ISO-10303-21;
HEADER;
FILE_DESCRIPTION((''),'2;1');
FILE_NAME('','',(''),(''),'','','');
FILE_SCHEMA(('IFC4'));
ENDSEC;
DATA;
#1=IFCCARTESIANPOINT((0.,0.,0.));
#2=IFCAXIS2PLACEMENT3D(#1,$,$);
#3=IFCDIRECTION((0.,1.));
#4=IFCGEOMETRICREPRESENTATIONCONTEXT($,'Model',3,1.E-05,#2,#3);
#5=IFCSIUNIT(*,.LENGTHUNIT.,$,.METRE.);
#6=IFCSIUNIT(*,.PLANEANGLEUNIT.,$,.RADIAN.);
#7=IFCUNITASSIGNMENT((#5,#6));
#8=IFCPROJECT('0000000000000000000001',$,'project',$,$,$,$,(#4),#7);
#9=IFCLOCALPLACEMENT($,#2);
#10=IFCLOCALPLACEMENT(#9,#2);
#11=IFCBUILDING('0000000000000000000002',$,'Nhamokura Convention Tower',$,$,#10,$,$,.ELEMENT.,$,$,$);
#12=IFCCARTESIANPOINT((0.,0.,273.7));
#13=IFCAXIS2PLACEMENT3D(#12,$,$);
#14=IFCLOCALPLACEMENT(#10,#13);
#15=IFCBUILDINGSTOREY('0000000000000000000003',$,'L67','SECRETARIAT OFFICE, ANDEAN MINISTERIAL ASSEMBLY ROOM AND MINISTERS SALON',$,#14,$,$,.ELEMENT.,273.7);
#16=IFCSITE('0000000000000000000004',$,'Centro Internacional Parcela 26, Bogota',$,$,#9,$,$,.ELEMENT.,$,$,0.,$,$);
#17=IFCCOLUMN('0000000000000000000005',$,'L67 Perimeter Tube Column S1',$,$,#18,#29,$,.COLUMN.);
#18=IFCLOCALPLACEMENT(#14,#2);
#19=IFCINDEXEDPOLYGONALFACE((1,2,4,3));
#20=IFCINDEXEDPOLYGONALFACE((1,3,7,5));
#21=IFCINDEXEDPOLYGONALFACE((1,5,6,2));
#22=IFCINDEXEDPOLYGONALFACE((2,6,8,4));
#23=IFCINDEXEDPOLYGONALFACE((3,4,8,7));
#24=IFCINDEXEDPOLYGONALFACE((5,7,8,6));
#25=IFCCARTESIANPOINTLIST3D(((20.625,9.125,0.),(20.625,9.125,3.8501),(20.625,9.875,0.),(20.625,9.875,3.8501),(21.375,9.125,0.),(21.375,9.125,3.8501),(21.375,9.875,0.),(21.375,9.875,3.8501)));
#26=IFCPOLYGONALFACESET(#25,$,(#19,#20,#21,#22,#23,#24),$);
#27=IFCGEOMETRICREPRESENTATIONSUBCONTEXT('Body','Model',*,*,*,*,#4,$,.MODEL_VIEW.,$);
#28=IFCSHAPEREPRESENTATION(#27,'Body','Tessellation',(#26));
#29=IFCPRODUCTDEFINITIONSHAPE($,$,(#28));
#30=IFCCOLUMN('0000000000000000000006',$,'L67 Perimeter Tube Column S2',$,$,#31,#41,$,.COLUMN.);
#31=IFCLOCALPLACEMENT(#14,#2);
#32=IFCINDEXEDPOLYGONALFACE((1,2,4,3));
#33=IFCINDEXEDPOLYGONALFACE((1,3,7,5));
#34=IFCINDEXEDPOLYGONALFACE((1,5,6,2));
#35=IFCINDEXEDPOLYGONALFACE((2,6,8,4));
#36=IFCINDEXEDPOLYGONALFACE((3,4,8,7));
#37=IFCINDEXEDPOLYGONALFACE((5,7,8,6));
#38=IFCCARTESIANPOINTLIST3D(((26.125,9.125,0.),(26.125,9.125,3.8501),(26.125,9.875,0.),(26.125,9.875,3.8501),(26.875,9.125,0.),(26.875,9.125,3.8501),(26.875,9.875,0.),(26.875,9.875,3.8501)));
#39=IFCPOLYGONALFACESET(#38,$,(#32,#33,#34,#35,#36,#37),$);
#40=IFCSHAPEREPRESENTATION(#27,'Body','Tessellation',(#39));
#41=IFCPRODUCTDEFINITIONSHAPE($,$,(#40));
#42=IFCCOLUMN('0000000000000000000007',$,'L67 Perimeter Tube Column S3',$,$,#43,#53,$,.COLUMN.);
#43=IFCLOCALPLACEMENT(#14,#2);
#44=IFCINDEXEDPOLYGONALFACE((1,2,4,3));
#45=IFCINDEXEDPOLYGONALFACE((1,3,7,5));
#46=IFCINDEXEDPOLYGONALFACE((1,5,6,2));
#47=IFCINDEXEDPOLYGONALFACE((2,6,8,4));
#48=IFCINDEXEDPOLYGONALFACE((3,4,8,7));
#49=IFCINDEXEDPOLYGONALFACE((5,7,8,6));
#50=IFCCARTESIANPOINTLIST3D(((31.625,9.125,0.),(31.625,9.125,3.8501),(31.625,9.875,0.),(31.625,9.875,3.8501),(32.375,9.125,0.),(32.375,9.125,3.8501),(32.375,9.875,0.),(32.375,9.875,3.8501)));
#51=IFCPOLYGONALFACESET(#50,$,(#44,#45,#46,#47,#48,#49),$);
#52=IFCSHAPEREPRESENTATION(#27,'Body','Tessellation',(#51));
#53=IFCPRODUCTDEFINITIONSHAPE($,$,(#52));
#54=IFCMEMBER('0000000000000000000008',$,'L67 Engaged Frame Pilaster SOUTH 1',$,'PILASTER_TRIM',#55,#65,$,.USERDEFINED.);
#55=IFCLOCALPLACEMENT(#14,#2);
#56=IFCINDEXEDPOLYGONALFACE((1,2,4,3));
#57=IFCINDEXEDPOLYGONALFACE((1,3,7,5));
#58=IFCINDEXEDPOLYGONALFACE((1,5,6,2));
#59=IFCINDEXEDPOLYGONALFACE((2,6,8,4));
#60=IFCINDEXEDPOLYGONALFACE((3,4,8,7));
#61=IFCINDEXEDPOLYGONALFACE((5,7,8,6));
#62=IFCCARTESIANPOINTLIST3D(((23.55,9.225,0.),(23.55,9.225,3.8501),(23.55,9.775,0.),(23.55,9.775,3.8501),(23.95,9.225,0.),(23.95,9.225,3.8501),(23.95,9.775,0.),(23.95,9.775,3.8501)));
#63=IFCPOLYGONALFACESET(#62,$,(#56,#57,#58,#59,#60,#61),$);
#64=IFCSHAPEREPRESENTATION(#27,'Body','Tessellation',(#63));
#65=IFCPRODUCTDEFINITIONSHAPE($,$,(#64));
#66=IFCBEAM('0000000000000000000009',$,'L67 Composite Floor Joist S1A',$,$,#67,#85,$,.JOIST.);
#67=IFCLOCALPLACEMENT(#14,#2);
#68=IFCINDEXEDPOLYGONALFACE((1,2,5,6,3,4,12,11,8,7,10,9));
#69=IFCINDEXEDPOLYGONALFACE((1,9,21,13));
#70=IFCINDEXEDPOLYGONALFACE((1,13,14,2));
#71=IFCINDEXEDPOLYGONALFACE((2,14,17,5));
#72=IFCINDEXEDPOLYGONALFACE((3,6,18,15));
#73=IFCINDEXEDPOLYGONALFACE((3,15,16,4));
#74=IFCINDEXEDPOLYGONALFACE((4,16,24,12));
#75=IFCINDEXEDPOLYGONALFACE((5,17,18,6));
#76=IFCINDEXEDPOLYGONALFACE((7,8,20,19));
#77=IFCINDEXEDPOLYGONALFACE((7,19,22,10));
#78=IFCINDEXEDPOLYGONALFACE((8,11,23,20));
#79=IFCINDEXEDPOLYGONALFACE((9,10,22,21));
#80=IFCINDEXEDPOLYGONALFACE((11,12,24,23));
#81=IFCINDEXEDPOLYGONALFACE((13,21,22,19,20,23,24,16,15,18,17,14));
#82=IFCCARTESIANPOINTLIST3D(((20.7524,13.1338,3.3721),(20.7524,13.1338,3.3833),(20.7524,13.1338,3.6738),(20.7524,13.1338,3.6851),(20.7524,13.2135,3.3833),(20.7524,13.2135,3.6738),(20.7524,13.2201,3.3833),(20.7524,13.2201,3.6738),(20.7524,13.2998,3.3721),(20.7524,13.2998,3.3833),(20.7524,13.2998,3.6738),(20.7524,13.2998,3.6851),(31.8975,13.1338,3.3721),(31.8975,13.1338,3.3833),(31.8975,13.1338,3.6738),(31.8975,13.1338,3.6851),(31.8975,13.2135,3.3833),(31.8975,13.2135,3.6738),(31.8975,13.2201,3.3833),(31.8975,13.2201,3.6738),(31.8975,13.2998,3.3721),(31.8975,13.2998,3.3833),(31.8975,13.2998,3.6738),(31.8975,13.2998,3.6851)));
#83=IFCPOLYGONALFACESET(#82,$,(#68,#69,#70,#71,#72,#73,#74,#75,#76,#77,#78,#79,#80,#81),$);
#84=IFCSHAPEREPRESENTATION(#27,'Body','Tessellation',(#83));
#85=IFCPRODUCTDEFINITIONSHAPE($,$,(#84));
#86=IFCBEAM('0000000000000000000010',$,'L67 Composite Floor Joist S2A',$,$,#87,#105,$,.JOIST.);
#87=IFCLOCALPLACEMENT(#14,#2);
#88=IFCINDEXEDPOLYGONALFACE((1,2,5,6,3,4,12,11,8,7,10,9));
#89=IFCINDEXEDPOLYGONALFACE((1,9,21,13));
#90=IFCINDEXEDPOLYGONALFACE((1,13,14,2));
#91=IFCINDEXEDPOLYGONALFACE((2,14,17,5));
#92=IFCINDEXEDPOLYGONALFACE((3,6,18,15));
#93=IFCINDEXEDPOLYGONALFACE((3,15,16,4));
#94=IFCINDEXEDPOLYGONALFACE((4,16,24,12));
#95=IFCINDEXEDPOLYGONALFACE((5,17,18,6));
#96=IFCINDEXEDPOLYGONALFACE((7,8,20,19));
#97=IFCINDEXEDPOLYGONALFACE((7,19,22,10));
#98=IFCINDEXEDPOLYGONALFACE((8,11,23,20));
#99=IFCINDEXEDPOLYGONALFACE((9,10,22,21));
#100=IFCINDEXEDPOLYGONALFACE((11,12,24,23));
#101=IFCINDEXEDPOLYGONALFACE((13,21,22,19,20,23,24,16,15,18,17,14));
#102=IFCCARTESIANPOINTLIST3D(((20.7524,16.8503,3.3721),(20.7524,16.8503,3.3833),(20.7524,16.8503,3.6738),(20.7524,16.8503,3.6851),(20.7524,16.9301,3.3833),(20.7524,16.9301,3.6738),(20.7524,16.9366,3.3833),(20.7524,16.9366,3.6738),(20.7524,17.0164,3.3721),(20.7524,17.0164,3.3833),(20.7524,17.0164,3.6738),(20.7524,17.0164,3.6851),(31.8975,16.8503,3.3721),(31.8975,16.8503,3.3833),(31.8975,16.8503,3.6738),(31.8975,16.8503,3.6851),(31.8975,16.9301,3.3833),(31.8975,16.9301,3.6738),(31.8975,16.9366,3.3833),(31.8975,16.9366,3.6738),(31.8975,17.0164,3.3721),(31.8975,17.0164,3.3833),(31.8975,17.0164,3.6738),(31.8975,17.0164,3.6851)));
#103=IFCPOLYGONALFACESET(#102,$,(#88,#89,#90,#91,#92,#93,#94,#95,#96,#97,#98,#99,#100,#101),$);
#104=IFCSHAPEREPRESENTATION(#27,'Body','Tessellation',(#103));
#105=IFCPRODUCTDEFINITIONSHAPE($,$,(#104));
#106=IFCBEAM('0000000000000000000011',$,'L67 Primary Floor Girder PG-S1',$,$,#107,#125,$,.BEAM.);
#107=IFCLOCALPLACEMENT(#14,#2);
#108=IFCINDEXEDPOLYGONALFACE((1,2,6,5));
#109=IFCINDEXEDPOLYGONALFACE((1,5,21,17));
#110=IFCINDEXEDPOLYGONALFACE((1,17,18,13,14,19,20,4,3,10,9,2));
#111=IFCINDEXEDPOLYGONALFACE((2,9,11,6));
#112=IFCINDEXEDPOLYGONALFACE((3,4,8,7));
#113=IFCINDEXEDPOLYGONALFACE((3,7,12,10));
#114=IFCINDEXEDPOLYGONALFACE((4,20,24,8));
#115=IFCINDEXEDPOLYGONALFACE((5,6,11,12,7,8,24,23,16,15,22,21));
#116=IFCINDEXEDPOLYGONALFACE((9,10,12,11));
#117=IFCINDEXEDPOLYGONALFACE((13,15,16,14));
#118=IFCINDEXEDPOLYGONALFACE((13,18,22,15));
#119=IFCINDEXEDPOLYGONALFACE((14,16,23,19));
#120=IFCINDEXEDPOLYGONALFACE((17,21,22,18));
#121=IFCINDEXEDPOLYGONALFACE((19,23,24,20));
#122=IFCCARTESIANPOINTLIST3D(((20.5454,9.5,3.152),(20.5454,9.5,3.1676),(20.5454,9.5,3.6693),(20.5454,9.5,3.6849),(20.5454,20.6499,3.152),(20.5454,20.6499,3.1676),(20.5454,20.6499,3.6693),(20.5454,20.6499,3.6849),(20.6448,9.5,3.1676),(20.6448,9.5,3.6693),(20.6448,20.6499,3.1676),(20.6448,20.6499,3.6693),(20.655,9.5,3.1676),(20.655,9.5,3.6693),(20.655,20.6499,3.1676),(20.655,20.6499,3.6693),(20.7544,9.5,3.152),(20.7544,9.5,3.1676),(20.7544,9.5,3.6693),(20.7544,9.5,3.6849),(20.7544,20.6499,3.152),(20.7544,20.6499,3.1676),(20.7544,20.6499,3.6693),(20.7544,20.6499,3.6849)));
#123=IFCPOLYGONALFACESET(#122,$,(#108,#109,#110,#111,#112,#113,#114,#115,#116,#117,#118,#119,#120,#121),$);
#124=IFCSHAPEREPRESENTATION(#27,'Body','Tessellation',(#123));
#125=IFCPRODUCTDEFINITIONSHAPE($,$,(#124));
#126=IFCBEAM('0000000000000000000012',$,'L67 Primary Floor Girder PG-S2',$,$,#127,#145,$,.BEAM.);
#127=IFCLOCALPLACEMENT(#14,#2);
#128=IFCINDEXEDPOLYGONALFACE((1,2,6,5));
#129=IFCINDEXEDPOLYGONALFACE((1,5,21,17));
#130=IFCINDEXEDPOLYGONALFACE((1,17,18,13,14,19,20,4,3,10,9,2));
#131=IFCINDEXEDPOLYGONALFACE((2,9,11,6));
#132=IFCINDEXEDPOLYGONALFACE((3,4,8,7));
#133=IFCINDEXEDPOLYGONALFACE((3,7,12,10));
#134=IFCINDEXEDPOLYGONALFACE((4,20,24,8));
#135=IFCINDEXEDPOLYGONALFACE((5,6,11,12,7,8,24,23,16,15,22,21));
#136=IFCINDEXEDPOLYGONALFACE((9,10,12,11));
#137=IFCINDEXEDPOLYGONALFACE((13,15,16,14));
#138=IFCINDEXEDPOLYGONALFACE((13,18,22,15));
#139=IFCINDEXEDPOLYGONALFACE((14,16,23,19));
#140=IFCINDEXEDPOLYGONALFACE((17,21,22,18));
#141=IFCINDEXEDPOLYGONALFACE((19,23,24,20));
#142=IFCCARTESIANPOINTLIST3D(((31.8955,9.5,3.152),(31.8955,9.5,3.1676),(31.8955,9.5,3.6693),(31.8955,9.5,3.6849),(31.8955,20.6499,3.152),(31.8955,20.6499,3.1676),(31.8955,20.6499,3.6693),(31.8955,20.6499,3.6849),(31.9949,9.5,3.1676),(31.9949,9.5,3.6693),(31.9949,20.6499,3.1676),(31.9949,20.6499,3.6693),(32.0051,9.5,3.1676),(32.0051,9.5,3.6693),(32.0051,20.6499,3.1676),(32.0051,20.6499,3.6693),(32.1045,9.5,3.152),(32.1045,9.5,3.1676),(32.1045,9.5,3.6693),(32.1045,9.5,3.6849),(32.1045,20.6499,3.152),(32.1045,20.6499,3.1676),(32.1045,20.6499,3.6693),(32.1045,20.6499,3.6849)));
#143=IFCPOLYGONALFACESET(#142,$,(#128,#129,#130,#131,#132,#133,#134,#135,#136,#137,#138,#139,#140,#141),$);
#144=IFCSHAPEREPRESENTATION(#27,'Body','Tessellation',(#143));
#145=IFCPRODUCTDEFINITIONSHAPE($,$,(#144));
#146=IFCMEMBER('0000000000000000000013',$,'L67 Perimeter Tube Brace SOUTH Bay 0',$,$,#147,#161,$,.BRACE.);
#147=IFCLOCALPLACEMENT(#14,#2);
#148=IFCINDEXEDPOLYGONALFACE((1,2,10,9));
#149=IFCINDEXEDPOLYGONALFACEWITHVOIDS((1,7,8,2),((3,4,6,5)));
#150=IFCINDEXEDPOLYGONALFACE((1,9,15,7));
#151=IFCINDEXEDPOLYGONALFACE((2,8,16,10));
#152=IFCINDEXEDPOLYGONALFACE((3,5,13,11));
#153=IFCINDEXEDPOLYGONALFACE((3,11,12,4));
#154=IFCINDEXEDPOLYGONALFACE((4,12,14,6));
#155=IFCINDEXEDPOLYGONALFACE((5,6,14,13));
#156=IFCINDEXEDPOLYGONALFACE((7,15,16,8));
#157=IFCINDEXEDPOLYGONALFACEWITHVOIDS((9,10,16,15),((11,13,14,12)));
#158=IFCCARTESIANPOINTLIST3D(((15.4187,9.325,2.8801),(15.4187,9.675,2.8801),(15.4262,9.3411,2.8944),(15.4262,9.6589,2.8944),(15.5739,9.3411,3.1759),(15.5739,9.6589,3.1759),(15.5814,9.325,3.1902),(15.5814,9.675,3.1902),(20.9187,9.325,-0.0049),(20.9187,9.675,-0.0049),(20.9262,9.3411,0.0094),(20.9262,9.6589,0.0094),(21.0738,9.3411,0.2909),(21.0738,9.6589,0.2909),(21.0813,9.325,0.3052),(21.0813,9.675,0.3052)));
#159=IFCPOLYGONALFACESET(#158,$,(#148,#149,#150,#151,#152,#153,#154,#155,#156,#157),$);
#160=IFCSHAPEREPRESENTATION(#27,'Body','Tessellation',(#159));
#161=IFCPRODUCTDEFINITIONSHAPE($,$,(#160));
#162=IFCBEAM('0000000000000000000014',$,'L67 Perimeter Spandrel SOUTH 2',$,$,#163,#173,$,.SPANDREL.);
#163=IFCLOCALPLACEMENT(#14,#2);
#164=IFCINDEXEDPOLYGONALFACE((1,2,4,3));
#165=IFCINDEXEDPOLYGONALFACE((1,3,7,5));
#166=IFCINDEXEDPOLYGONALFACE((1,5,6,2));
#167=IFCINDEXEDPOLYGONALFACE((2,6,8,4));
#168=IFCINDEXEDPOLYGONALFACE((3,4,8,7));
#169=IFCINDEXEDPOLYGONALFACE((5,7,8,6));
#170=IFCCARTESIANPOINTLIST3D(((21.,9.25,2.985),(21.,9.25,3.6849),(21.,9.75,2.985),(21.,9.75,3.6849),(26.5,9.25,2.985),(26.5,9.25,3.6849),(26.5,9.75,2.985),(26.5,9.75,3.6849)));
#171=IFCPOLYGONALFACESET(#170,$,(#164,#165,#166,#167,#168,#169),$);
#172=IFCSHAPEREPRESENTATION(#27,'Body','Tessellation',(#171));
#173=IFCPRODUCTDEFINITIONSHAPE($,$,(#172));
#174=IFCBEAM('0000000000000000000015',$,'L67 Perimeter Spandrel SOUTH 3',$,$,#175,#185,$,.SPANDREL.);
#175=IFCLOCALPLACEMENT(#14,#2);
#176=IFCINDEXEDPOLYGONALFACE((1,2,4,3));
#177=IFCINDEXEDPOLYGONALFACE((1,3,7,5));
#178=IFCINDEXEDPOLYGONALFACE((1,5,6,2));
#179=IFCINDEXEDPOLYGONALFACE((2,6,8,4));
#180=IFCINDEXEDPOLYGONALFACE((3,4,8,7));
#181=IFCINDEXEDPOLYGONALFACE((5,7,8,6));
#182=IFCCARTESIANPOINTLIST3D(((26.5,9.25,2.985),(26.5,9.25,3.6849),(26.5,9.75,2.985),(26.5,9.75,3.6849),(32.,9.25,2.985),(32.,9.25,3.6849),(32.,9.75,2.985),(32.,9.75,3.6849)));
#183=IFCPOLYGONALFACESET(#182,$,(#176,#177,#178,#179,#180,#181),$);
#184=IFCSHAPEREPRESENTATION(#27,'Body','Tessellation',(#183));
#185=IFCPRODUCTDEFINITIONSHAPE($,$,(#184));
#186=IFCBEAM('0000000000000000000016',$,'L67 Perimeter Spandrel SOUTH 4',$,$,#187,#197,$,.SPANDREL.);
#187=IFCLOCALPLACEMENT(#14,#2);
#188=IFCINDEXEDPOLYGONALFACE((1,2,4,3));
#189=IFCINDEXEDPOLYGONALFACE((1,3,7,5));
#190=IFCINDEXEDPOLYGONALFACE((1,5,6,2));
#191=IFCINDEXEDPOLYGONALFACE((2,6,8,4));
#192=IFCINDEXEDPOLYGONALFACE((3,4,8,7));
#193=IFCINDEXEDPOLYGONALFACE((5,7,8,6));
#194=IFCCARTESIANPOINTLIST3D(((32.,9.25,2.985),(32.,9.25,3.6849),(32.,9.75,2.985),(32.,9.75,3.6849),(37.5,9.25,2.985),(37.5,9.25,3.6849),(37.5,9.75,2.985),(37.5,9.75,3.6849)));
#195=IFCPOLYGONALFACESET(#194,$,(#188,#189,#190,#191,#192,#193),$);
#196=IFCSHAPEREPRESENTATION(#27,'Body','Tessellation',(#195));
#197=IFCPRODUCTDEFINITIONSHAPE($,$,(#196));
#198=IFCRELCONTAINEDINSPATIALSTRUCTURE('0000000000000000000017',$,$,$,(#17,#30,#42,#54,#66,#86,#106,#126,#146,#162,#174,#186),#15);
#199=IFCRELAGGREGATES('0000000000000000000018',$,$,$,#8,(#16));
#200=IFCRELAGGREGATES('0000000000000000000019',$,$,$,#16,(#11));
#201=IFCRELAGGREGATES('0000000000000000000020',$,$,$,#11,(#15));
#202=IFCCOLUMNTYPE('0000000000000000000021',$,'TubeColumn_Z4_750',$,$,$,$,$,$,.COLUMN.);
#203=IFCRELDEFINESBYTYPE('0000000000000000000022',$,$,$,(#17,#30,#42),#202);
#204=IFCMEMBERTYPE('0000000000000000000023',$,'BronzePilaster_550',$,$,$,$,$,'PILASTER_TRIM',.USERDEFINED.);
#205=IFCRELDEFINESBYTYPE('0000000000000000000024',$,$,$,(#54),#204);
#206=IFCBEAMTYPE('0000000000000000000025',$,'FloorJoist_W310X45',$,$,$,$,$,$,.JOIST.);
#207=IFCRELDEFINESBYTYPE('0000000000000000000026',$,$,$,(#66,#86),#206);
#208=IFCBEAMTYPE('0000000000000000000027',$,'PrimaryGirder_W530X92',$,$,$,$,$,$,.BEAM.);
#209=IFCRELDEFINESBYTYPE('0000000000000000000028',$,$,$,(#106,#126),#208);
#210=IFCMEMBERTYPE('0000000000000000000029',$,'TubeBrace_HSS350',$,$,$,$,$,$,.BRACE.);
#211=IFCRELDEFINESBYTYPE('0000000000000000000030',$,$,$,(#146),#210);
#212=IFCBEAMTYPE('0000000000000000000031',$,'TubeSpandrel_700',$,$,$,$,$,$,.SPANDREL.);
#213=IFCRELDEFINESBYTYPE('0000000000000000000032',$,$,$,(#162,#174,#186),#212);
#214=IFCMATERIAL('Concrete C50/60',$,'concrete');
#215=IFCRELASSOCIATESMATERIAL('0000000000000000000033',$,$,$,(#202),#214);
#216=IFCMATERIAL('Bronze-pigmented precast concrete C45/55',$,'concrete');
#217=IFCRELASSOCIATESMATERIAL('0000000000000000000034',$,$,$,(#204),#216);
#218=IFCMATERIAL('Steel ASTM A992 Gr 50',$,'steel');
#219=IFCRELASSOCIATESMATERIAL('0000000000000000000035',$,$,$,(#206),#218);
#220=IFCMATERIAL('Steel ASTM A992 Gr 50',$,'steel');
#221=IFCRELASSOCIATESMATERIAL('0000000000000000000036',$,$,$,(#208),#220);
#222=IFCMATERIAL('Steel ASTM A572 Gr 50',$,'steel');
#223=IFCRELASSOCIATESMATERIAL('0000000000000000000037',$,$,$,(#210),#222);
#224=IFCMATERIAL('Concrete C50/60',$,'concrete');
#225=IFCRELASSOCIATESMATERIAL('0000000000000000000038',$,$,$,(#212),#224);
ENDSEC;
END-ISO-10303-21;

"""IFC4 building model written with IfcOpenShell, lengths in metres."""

from ifc_helpers import new_model, si_unit, direction, frame, origin, origin_2d, place, context, subcontext, project, spatial, rectangle, hollow_rectangle, i_section, extrude, material, material_profile, profile_set, type_object, element, save


model = new_model("IFC4")

# Units and contexts
model_context = context("Model", 3, precision=1e-05, world=origin(), true_north=direction((0.0, 1.0)))
body_context = subcontext(model_context, "Body", "Model", "MODEL_VIEW")
ifc_project = project(units=[si_unit("LENGTHUNIT", "METRE"), si_unit("PLANEANGLEUNIT", "RADIAN")], contexts=[model_context])

# Site, building, storey
site_placement = place(None, origin())
site = spatial("IfcSite", under=ifc_project, at=site_placement, Name="Centro Internacional Parcela 26, Bogota", CompositionType="ELEMENT", RefElevation=0.0)
building_placement = place(site_placement, origin())
building = spatial("IfcBuilding", under=site, at=building_placement, Name="Nhamokura Convention Tower", CompositionType="ELEMENT")
storey_placement = place(building_placement, frame((0.0, 0.0, 273.7)))
storey = spatial("IfcBuildingStorey", under=building, at=storey_placement, Name="L67", Description="SECRETARIAT OFFICE, ANDEAN MINISTERIAL ASSEMBLY ROOM AND MINISTERS SALON", CompositionType="ELEMENT", Elevation=273.7)

# Columns
ifc_material_1 = material(Name="Concrete C50/60", Category="concrete")
ifc_material_profile_1 = material_profile(ifc_material_1, rectangle(XDim=0.75, YDim=0.75, at=origin_2d()))
ifc_profile_set_1 = profile_set([ifc_material_profile_1], Name="Concrete C50/60")
column_type = type_object("IfcColumnType", Name="TubeColumn_Z4_750", PredefinedType="COLUMN", material=ifc_profile_set_1)
for number, where, z_axis, x_axis, name in (
    (1, (21.0, 9.5, 0.0), (0.0, 0.0, 1.0), (1.0, 0.0, 0.0), "L67 Perimeter Tube Column S1"),
    (2, (26.5, 9.5, 0.0), (0.0, 0.0, 1.0), (1.0, 0.0, 0.0), "L67 Perimeter Tube Column S2"),
    (3, (32.0, 9.5, 0.0), (0.0, 0.0, 1.0), (1.0, 0.0, 0.0), "L67 Perimeter Tube Column S3"),
):
    element("IfcColumn", number, at=place(storey_placement, frame(where, z_axis=z_axis, x_axis=x_axis)), inside=storey, type_object=column_type, Name=name, PredefinedType="COLUMN", context=body_context, shape_type="SweptSolid", body=[
        extrude(rectangle(XDim=0.75, YDim=0.75, at=origin_2d()), origin(), (0.0, 0.0, 1.0), 3.8501),
    ])

# Member
ifc_material_2 = material(Name="Bronze-pigmented precast concrete C45/55", Category="concrete")
ifc_material_profile_2 = material_profile(ifc_material_2, rectangle(XDim=0.3999, YDim=0.55, at=origin_2d()))
ifc_profile_set_2 = profile_set([ifc_material_profile_2], Name="Bronze-pigmented precast concrete C45/55")
member_type_1 = type_object("IfcMemberType", Name="BronzePilaster_550", ElementType="PILASTER_TRIM", PredefinedType="USERDEFINED", material=ifc_profile_set_2)
member_1_placement = place(storey_placement, frame((23.75, 9.5, 0.0), z_axis=(0.0, 0.0, 1.0), x_axis=(1.0, 0.0, 0.0)))
element("IfcMember", 4, at=member_1_placement, inside=storey, type_object=member_type_1, Name="L67 Engaged Frame Pilaster SOUTH 1", ObjectType="PILASTER_TRIM", PredefinedType="USERDEFINED", context=body_context, shape_type="SweptSolid", body=[
    extrude(rectangle(XDim=0.3999, YDim=0.55, at=origin_2d()), origin(), (0.0, 0.0, 1.0), 3.8501),
])

# Beams
ifc_material_3 = material(Name="Steel ASTM A992 Gr 50", Category="steel")
ifc_material_profile_3 = material_profile(ifc_material_3, i_section(OverallWidth=0.166, OverallDepth=0.313, WebThickness=0.0066, FlangeThickness=0.0112, at=origin_2d()))
ifc_profile_set_3 = profile_set([ifc_material_profile_3], Name="Steel ASTM A992 Gr 50")
beam_type_1 = type_object("IfcBeamType", Name="FloorJoist_W310X45", PredefinedType="JOIST", material=ifc_profile_set_3)
for number, where, z_axis, x_axis, name in (
    (5, (20.7524, 13.2168, 3.5286), (1.0, 0.0, 0.0), (0.0, 1.0, 0.0), "L67 Composite Floor Joist S1A"),
    (6, (20.7524, 16.9333, 3.5286), (1.0, 0.0, 0.0), (0.0, 1.0, 0.0), "L67 Composite Floor Joist S2A"),
):
    element("IfcBeam", number, at=place(storey_placement, frame(where, z_axis=z_axis, x_axis=x_axis)), inside=storey, type_object=beam_type_1, Name=name, PredefinedType="JOIST", context=body_context, shape_type="SweptSolid", body=[
        extrude(i_section(OverallWidth=0.166, OverallDepth=0.313, WebThickness=0.0066, FlangeThickness=0.0112, at=origin_2d()), origin(), (0.0, 0.0, 1.0), 11.145),
    ])
ifc_material_4 = material(Name="Steel ASTM A992 Gr 50", Category="steel")
ifc_material_profile_4 = material_profile(ifc_material_4, i_section(OverallWidth=0.209, OverallDepth=0.533, WebThickness=0.0103, FlangeThickness=0.0156, at=origin_2d()))
ifc_profile_set_4 = profile_set([ifc_material_profile_4], Name="Steel ASTM A992 Gr 50")
beam_type_2 = type_object("IfcBeamType", Name="PrimaryGirder_W530X92", PredefinedType="BEAM", material=ifc_profile_set_4)
for number, where, z_axis, x_axis, name in (
    (7, (20.6499, 9.5, 3.4185), (0.0, 1.0, 0.0), (-1.0, 0.0, 0.0), "L67 Primary Floor Girder PG-S1"),
    (8, (32.0, 9.5, 3.4185), (0.0, 1.0, 0.0), (-1.0, 0.0, 0.0), "L67 Primary Floor Girder PG-S2"),
):
    element("IfcBeam", number, at=place(storey_placement, frame(where, z_axis=z_axis, x_axis=x_axis)), inside=storey, type_object=beam_type_2, Name=name, PredefinedType="BEAM", context=body_context, shape_type="SweptSolid", body=[
        extrude(i_section(OverallWidth=0.209, OverallDepth=0.533, WebThickness=0.0103, FlangeThickness=0.0156, at=origin_2d()), origin(), (0.0, 0.0, 1.0), 11.1499),
    ])

# Member
ifc_material_5 = material(Name="Steel ASTM A572 Gr 50", Category="steel")
ifc_material_profile_5 = material_profile(ifc_material_5, hollow_rectangle(XDim=0.3501, YDim=0.3501, WallThickness=0.0161, at=origin_2d()))
ifc_profile_set_5 = profile_set([ifc_material_profile_5], Name="Steel ASTM A572 Gr 50")
member_type_2 = type_object("IfcMemberType", Name="TubeBrace_HSS350", PredefinedType="BRACE", material=ifc_profile_set_5)
member_2_placement = place(storey_placement, frame((21.0, 9.5, 0.1501), z_axis=(-0.885563, 0.0, 0.46452), x_axis=(0.0, -1.0, 0.0)))
element("IfcMember", 9, at=member_2_placement, inside=storey, type_object=member_type_2, Name="L67 Perimeter Tube Brace SOUTH Bay 0", PredefinedType="BRACE", context=body_context, shape_type="SweptSolid", body=[
    extrude(hollow_rectangle(XDim=0.3501, YDim=0.3501, WallThickness=0.0161, at=origin_2d()), origin(), (0.0, 0.0, 1.0), 6.2107),
])

# Beams
ifc_material_6 = material(Name="Concrete C50/60", Category="concrete")
ifc_material_profile_6 = material_profile(ifc_material_6, rectangle(XDim=0.5, YDim=0.7, at=origin_2d()))
ifc_profile_set_6 = profile_set([ifc_material_profile_6], Name="Concrete C50/60")
beam_type_3 = type_object("IfcBeamType", Name="TubeSpandrel_700", PredefinedType="SPANDREL", material=ifc_profile_set_6)
for number, where, z_axis, x_axis, name in (
    (10, (21.0, 9.5, 3.335), (1.0, 0.0, 0.0), (0.0, 1.0, 0.0), "L67 Perimeter Spandrel SOUTH 2"),
    (11, (26.5, 9.5, 3.335), (1.0, 0.0, 0.0), (0.0, 1.0, 0.0), "L67 Perimeter Spandrel SOUTH 3"),
    (12, (32.0, 9.5, 3.335), (1.0, 0.0, 0.0), (0.0, 1.0, 0.0), "L67 Perimeter Spandrel SOUTH 4"),
):
    element("IfcBeam", number, at=place(storey_placement, frame(where, z_axis=z_axis, x_axis=x_axis)), inside=storey, type_object=beam_type_3, Name=name, PredefinedType="SPANDREL", context=body_context, shape_type="SweptSolid", body=[
        extrude(rectangle(XDim=0.5, YDim=0.7, at=origin_2d()), origin(), (0.0, 0.0, 1.0), 5.5),
    ])

save(model, "model.ifc")
